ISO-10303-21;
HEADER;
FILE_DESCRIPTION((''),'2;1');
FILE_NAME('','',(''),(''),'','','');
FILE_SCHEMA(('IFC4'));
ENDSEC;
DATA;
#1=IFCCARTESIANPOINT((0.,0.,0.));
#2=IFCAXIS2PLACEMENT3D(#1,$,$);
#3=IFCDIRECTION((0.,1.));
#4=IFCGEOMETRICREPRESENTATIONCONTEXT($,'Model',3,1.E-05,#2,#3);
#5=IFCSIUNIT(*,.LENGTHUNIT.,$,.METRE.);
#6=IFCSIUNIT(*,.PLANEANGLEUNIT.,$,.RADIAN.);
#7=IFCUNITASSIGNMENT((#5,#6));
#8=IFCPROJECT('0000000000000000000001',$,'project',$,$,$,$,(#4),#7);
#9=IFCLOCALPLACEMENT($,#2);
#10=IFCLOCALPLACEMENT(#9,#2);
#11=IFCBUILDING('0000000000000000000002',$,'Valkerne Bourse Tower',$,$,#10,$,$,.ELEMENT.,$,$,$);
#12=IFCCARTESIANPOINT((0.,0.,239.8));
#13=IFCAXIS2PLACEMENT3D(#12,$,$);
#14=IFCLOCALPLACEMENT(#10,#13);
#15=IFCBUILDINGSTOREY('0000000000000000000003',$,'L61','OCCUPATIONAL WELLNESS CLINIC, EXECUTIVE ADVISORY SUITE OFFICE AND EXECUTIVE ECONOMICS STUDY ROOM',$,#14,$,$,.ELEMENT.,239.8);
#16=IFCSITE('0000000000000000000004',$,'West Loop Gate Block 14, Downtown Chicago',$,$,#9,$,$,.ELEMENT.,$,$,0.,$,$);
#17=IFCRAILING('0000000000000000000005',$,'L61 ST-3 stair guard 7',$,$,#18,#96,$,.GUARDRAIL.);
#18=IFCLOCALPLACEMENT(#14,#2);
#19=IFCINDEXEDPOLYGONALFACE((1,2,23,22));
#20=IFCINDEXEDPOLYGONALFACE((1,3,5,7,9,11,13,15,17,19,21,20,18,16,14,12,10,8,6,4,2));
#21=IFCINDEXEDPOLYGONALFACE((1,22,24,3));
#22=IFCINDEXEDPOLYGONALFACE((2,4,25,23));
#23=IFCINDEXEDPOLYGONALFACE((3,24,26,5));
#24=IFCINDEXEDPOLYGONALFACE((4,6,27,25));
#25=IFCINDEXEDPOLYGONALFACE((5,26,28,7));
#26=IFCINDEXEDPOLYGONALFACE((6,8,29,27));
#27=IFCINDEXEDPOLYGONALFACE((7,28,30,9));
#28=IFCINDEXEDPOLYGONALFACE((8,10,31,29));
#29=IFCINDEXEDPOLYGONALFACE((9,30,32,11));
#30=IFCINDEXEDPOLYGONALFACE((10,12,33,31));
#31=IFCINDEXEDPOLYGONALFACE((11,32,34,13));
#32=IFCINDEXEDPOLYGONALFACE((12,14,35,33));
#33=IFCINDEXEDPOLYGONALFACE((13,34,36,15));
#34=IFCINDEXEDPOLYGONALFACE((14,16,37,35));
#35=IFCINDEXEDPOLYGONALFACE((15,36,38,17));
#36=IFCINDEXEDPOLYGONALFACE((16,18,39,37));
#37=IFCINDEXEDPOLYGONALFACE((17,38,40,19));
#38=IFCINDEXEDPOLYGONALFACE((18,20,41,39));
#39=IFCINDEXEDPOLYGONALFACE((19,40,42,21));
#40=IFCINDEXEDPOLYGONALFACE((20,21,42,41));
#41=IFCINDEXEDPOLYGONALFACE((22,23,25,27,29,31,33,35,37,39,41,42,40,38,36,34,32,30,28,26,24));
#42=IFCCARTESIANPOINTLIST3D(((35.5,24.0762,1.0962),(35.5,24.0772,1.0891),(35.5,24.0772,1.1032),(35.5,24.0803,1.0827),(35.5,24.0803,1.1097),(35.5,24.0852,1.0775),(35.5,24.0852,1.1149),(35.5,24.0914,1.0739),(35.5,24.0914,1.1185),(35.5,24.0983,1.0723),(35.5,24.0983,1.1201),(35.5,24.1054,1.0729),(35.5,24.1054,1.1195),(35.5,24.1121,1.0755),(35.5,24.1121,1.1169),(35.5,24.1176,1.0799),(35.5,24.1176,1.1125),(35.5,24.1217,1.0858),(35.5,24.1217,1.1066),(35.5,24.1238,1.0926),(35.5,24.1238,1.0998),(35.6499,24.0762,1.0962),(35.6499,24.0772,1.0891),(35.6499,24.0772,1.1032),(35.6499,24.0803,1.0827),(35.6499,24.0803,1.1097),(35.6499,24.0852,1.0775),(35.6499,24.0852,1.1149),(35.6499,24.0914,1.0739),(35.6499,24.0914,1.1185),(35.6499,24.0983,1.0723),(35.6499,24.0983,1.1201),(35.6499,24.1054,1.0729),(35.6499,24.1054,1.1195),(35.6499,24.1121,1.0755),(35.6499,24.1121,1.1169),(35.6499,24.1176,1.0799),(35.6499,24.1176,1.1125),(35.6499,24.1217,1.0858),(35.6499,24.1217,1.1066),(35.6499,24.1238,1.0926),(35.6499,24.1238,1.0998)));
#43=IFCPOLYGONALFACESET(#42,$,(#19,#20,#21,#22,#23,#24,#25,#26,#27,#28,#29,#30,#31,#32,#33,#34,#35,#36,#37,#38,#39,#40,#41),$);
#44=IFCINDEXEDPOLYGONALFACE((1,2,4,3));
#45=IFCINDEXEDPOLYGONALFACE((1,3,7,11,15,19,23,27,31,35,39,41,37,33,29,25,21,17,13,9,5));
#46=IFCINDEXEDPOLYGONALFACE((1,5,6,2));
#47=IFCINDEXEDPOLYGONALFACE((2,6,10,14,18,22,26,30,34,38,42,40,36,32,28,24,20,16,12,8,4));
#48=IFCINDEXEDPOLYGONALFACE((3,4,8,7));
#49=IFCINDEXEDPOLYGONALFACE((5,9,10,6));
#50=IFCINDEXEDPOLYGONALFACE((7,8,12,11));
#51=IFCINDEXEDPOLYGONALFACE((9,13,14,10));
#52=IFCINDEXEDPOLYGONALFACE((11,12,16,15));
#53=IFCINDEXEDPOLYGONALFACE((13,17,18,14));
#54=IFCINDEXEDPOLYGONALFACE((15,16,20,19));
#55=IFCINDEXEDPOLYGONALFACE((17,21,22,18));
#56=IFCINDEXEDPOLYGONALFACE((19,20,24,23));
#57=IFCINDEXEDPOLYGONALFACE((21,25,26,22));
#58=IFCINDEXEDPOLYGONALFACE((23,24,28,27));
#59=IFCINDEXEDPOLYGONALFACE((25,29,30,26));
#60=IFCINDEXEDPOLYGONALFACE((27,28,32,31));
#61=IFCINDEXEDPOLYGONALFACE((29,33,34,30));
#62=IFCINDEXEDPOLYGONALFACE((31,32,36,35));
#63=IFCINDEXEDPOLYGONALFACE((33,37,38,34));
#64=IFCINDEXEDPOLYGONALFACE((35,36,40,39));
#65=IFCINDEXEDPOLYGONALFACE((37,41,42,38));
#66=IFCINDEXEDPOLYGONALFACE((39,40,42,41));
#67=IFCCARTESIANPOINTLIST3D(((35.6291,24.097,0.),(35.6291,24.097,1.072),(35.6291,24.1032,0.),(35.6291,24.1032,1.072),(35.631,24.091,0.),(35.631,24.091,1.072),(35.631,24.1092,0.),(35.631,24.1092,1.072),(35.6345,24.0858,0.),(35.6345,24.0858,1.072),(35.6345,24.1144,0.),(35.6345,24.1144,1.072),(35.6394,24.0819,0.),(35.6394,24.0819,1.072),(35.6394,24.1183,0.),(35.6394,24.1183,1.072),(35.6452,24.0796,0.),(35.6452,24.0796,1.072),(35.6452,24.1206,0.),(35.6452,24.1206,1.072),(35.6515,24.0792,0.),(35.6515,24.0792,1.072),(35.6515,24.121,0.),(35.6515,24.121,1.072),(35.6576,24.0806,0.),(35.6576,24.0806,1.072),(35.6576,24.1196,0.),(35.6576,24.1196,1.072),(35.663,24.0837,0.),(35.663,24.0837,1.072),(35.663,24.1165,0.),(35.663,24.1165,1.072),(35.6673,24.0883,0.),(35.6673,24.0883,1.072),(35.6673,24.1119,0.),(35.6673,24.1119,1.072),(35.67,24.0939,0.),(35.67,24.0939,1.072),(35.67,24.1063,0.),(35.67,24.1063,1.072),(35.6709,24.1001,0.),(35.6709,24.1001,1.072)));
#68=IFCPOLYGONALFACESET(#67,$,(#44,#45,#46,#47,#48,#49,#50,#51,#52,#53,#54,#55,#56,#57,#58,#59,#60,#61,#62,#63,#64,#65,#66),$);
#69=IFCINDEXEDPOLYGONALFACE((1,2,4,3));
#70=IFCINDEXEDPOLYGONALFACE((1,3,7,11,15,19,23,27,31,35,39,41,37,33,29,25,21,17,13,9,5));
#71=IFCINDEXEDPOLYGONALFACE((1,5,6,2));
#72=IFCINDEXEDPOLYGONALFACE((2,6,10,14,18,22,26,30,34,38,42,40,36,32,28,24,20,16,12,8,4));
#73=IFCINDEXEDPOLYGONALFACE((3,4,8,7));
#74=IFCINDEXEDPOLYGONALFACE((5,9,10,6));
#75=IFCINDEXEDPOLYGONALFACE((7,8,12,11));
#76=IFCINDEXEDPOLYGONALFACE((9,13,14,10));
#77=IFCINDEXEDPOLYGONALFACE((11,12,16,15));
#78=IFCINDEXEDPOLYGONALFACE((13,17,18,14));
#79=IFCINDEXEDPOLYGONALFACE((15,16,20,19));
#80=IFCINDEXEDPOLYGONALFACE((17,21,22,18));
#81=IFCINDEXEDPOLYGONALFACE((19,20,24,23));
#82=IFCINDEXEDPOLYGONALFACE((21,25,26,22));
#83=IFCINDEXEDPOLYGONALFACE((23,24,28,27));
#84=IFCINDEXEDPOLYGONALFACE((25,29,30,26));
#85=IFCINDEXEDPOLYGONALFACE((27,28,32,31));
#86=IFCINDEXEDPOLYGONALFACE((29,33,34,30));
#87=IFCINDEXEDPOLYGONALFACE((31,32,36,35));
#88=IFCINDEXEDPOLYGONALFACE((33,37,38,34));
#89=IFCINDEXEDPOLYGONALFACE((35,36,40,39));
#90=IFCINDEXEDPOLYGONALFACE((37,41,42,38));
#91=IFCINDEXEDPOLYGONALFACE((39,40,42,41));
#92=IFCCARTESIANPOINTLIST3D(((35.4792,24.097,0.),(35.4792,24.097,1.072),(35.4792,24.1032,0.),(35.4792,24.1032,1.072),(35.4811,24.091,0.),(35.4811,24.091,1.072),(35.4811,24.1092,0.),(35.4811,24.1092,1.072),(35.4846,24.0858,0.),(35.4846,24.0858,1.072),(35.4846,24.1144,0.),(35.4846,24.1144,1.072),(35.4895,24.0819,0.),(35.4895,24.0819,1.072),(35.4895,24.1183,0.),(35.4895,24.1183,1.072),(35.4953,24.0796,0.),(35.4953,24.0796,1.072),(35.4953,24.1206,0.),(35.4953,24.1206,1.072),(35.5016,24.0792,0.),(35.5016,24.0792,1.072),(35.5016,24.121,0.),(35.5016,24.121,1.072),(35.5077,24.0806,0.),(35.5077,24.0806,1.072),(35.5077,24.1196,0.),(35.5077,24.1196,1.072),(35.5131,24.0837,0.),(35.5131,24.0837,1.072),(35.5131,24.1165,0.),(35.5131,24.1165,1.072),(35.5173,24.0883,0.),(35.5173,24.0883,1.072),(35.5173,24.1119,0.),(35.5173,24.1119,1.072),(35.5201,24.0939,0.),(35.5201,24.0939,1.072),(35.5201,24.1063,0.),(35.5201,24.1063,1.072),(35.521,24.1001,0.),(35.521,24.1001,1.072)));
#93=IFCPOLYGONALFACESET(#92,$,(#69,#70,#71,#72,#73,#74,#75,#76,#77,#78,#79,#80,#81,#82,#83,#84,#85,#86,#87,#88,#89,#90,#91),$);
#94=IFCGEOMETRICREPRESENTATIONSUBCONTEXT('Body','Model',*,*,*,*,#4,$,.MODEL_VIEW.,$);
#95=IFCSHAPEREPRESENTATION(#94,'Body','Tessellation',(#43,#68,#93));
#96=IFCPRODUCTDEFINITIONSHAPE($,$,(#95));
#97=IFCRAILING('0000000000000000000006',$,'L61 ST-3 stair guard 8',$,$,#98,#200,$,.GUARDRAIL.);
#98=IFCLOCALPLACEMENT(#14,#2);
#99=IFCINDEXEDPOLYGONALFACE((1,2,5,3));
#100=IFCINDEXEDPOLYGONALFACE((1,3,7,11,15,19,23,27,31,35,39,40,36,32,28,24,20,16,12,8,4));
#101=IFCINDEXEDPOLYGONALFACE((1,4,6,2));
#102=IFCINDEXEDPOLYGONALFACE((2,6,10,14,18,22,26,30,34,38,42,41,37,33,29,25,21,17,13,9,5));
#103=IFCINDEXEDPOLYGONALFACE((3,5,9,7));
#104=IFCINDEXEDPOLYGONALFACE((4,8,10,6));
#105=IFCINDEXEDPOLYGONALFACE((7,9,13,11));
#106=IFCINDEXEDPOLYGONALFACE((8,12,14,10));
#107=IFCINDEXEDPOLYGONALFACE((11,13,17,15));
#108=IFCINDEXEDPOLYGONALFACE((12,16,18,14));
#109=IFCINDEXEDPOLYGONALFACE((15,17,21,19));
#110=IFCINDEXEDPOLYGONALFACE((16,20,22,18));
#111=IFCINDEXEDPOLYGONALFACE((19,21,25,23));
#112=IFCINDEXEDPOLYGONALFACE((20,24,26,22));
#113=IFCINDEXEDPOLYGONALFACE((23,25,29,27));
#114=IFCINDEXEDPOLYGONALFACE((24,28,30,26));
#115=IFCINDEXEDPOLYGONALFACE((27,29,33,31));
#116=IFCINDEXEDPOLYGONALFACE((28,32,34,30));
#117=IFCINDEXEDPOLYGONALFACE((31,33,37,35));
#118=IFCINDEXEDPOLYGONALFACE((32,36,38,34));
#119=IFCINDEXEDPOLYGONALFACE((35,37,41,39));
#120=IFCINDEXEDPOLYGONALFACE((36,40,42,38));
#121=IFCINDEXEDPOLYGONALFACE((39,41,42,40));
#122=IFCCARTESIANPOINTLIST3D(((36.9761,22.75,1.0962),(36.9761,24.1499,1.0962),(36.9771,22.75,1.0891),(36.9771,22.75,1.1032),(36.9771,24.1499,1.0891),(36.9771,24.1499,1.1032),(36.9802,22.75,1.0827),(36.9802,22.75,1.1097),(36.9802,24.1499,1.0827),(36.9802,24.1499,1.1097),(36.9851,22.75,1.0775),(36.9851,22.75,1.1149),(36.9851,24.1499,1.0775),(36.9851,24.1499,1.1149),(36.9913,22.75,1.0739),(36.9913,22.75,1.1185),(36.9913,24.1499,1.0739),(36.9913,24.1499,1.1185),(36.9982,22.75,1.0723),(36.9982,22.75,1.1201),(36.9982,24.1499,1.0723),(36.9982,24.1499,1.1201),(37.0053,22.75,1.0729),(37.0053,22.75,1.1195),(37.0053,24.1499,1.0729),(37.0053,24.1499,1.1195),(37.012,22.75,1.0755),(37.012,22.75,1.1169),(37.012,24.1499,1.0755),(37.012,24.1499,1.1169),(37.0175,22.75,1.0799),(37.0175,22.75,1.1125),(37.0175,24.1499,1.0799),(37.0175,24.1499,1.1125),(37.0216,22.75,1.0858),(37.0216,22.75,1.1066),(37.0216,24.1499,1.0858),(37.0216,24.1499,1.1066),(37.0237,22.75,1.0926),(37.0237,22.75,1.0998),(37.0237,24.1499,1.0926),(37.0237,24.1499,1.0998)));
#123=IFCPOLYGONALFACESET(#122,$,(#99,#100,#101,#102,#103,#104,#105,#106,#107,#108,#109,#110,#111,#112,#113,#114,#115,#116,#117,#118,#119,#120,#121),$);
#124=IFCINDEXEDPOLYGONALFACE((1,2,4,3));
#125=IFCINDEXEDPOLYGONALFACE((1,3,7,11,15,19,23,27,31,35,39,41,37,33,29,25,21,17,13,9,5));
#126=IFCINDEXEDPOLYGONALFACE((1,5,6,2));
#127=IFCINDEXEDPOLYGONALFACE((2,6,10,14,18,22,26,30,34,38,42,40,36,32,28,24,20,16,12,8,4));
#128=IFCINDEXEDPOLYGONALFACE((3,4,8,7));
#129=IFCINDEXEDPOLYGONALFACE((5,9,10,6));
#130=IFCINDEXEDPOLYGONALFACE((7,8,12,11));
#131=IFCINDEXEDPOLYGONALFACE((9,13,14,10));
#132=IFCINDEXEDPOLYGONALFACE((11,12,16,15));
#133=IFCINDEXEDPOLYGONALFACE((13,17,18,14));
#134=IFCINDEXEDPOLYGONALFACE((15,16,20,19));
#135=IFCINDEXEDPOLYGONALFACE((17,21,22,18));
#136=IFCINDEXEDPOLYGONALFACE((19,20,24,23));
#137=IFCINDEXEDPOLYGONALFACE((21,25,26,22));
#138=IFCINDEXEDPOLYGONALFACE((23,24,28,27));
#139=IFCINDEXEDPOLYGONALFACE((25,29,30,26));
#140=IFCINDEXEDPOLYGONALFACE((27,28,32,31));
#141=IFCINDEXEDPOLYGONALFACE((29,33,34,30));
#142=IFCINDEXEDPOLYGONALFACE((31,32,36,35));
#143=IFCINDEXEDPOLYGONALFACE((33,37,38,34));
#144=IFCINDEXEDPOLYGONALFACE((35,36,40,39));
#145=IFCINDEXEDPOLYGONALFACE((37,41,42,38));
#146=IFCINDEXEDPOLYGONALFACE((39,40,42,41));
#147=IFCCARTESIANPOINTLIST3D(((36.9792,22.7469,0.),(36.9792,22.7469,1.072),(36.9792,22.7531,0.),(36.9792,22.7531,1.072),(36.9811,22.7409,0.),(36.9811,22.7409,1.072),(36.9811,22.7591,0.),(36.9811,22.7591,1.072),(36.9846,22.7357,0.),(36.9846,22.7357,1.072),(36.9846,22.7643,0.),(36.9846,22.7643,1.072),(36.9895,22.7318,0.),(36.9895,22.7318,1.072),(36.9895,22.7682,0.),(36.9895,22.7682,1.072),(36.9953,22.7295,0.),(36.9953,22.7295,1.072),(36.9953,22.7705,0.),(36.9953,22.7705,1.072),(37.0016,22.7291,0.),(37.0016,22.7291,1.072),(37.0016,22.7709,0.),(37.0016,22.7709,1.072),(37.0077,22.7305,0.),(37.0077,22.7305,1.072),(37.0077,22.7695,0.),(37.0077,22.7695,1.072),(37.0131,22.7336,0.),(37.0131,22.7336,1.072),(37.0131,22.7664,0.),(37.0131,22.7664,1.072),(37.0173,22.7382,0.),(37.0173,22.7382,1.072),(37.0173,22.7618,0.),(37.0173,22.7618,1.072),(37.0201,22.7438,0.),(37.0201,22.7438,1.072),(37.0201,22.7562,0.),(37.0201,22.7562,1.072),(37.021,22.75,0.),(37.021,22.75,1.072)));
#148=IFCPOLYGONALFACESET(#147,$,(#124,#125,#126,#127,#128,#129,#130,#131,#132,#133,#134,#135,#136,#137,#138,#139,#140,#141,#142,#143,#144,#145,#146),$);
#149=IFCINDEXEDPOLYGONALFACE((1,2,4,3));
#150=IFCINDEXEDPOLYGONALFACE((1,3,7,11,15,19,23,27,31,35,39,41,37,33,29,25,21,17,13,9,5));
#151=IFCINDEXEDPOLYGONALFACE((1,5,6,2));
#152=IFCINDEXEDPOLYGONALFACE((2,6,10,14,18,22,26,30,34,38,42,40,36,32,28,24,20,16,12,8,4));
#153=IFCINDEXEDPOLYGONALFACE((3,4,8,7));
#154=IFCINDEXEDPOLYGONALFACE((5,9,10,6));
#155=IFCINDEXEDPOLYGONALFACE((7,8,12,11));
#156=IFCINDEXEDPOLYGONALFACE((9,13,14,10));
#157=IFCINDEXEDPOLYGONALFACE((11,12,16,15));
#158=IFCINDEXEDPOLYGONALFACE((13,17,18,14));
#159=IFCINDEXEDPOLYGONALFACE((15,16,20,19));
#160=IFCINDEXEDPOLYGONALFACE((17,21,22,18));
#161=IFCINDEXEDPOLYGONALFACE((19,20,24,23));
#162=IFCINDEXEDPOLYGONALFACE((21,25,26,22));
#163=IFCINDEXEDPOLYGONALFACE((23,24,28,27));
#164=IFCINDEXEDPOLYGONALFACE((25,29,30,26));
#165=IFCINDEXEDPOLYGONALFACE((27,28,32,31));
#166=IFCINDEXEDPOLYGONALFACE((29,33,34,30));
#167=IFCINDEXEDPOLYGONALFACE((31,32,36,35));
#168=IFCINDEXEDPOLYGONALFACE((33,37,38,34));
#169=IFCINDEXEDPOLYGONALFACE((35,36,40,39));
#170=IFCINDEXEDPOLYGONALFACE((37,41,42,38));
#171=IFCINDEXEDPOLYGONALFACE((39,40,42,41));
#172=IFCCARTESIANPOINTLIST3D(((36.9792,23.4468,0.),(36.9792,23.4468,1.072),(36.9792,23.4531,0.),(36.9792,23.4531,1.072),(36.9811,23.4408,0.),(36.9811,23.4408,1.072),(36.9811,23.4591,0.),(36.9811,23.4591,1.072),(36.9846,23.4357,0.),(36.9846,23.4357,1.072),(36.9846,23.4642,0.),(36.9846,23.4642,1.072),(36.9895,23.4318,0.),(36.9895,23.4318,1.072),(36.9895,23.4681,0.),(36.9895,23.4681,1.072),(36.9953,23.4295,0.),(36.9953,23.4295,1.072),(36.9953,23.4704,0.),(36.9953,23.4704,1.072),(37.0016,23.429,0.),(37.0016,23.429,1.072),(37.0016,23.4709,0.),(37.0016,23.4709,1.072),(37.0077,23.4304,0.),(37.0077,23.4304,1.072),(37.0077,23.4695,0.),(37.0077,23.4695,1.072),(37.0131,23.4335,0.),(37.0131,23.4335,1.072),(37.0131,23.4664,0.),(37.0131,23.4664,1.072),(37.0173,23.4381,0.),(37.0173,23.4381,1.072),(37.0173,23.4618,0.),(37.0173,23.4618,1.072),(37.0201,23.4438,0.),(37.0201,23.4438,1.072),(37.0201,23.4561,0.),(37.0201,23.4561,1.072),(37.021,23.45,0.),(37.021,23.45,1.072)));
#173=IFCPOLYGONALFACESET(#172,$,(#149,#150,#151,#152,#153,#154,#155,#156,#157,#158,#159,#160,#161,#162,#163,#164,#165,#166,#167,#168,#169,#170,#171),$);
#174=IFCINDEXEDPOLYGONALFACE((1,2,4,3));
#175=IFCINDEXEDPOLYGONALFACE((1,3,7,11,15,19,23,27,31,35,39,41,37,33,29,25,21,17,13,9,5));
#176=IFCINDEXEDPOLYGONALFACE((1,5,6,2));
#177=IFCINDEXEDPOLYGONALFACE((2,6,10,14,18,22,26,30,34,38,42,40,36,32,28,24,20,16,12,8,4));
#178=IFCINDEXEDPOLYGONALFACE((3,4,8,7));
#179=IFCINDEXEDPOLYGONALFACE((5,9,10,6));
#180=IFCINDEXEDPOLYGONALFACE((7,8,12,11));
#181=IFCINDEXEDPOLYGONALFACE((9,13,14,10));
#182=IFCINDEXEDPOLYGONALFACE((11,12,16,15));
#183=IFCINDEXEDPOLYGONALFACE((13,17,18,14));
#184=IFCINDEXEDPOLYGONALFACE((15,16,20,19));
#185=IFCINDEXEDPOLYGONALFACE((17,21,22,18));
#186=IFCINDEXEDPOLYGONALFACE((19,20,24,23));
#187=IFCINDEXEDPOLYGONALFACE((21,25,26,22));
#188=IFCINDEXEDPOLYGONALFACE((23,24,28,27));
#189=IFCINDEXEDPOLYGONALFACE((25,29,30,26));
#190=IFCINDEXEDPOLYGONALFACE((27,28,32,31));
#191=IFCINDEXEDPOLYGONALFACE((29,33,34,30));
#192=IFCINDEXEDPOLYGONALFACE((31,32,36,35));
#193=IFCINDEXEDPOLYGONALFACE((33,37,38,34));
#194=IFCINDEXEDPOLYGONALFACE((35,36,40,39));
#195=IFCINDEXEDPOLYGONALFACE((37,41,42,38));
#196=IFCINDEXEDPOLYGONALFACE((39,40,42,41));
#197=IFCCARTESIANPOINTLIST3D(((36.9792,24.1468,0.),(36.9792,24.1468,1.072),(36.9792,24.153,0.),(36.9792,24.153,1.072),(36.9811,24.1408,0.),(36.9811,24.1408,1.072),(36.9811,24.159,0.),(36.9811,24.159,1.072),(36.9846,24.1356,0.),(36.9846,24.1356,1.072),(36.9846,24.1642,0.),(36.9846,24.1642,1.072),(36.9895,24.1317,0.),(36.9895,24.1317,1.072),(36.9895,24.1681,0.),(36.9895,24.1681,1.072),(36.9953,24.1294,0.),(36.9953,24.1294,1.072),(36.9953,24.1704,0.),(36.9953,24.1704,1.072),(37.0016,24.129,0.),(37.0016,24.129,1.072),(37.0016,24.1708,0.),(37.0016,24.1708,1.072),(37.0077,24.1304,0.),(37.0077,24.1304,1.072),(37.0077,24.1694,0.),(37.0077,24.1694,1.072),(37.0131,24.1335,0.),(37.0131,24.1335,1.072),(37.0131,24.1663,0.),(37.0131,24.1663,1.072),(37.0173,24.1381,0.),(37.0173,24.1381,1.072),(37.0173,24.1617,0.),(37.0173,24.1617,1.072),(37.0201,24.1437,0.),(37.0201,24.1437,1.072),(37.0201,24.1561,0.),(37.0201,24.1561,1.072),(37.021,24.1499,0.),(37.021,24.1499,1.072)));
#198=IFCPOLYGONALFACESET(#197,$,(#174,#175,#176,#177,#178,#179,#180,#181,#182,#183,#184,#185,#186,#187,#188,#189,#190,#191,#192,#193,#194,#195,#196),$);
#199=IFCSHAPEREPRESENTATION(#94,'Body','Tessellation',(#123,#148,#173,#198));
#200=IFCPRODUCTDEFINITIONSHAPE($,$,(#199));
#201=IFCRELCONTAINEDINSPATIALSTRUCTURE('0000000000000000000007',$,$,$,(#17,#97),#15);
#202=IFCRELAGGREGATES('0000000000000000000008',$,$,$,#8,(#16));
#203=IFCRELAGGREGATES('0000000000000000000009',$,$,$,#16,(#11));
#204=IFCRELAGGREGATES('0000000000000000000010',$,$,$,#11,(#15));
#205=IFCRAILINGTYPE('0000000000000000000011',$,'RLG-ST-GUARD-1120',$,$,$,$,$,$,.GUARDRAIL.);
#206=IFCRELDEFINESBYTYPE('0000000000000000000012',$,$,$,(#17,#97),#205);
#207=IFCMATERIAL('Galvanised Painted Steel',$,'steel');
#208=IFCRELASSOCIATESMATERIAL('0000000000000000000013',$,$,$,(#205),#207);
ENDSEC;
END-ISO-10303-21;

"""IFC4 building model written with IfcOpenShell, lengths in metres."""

from ifc_helpers import new_model, si_unit, direction, frame, origin, origin_2d, place, context, subcontext, project, spatial, circle, extrude, material, type_object, element, save


model = new_model("IFC4")

# Units and contexts
model_context = context("Model", 3, precision=1e-05, world=origin(), true_north=direction((0.0, 1.0)))
body_context = subcontext(model_context, "Body", "Model", "MODEL_VIEW")
ifc_project = project(units=[si_unit("LENGTHUNIT", "METRE"), si_unit("PLANEANGLEUNIT", "RADIAN")], contexts=[model_context])

# Site, building, storey
site_placement = place(None, origin())
site = spatial("IfcSite", under=ifc_project, at=site_placement, Name="West Loop Gate Block 14, Downtown Chicago", CompositionType="ELEMENT", RefElevation=0.0)
building_placement = place(site_placement, origin())
building = spatial("IfcBuilding", under=site, at=building_placement, Name="Valkerne Bourse Tower", CompositionType="ELEMENT")
storey_placement = place(building_placement, frame((0.0, 0.0, 239.8)))
storey = spatial("IfcBuildingStorey", under=building, at=storey_placement, Name="L61", Description="OCCUPATIONAL WELLNESS CLINIC, EXECUTIVE ADVISORY SUITE OFFICE AND EXECUTIVE ECONOMICS STUDY ROOM", CompositionType="ELEMENT", Elevation=239.8)

# Railings
ifc_material_1 = material(Name="Galvanised Painted Steel", Category="steel")
railing_type_1 = type_object("IfcRailingType", Name="RLG-ST-GUARD-1120", PredefinedType="GUARDRAIL", material=ifc_material_1)
railing_1_placement = place(storey_placement, frame((35.6499, 24.1001, 0.0)))
element("IfcRailing", 1, at=railing_1_placement, inside=storey, type_object=railing_type_1, Name="L61 ST-3 stair guard 7", PredefinedType="GUARDRAIL", context=body_context, shape_type="SweptSolid", body=[
    extrude(circle(Radius=0.0239, at=origin_2d()), frame((0.0, 0.0, 1.0962), z_axis=(-1.0, 0.0, 0.0), x_axis=(0.0, -1.0, 0.0)), (0.0, 0.0, 1.0), 0.1499),
    extrude(circle(Radius=0.021, at=origin_2d()), origin(), (0.0, 0.0, 1.0), 1.072),
    extrude(circle(Radius=0.021, at=origin_2d()), frame((-0.1499, 0.0, 0.0)), (0.0, 0.0, 1.0), 1.072),
])
for number, where, name in (
    (2, (37.0, 22.75, 0.0), "L61 ST-3 stair guard 8"),
):
    element("IfcRailing", number, at=place(storey_placement, frame(where)), inside=storey, type_object=railing_type_1, Name=name, PredefinedType="GUARDRAIL", context=body_context, shape_type="SweptSolid", body=[
        extrude(circle(Radius=0.0239, at=origin_2d()), frame((0.0, 0.0, 1.0962), z_axis=(0.0, 1.0, 0.0), x_axis=(-1.0, 0.0, 0.0)), (0.0, 0.0, 1.0), 1.3999),
        extrude(circle(Radius=0.021, at=origin_2d()), origin(), (0.0, 0.0, 1.0), 1.072),
        extrude(circle(Radius=0.021, at=origin_2d()), frame((0.0, 0.7, 0.0)), (0.0, 0.0, 1.0), 1.072),
        extrude(circle(Radius=0.021, at=origin_2d()), frame((0.0, 1.3999, 0.0)), (0.0, 0.0, 1.0), 1.072),
    ])

save(model, "model.ifc")
